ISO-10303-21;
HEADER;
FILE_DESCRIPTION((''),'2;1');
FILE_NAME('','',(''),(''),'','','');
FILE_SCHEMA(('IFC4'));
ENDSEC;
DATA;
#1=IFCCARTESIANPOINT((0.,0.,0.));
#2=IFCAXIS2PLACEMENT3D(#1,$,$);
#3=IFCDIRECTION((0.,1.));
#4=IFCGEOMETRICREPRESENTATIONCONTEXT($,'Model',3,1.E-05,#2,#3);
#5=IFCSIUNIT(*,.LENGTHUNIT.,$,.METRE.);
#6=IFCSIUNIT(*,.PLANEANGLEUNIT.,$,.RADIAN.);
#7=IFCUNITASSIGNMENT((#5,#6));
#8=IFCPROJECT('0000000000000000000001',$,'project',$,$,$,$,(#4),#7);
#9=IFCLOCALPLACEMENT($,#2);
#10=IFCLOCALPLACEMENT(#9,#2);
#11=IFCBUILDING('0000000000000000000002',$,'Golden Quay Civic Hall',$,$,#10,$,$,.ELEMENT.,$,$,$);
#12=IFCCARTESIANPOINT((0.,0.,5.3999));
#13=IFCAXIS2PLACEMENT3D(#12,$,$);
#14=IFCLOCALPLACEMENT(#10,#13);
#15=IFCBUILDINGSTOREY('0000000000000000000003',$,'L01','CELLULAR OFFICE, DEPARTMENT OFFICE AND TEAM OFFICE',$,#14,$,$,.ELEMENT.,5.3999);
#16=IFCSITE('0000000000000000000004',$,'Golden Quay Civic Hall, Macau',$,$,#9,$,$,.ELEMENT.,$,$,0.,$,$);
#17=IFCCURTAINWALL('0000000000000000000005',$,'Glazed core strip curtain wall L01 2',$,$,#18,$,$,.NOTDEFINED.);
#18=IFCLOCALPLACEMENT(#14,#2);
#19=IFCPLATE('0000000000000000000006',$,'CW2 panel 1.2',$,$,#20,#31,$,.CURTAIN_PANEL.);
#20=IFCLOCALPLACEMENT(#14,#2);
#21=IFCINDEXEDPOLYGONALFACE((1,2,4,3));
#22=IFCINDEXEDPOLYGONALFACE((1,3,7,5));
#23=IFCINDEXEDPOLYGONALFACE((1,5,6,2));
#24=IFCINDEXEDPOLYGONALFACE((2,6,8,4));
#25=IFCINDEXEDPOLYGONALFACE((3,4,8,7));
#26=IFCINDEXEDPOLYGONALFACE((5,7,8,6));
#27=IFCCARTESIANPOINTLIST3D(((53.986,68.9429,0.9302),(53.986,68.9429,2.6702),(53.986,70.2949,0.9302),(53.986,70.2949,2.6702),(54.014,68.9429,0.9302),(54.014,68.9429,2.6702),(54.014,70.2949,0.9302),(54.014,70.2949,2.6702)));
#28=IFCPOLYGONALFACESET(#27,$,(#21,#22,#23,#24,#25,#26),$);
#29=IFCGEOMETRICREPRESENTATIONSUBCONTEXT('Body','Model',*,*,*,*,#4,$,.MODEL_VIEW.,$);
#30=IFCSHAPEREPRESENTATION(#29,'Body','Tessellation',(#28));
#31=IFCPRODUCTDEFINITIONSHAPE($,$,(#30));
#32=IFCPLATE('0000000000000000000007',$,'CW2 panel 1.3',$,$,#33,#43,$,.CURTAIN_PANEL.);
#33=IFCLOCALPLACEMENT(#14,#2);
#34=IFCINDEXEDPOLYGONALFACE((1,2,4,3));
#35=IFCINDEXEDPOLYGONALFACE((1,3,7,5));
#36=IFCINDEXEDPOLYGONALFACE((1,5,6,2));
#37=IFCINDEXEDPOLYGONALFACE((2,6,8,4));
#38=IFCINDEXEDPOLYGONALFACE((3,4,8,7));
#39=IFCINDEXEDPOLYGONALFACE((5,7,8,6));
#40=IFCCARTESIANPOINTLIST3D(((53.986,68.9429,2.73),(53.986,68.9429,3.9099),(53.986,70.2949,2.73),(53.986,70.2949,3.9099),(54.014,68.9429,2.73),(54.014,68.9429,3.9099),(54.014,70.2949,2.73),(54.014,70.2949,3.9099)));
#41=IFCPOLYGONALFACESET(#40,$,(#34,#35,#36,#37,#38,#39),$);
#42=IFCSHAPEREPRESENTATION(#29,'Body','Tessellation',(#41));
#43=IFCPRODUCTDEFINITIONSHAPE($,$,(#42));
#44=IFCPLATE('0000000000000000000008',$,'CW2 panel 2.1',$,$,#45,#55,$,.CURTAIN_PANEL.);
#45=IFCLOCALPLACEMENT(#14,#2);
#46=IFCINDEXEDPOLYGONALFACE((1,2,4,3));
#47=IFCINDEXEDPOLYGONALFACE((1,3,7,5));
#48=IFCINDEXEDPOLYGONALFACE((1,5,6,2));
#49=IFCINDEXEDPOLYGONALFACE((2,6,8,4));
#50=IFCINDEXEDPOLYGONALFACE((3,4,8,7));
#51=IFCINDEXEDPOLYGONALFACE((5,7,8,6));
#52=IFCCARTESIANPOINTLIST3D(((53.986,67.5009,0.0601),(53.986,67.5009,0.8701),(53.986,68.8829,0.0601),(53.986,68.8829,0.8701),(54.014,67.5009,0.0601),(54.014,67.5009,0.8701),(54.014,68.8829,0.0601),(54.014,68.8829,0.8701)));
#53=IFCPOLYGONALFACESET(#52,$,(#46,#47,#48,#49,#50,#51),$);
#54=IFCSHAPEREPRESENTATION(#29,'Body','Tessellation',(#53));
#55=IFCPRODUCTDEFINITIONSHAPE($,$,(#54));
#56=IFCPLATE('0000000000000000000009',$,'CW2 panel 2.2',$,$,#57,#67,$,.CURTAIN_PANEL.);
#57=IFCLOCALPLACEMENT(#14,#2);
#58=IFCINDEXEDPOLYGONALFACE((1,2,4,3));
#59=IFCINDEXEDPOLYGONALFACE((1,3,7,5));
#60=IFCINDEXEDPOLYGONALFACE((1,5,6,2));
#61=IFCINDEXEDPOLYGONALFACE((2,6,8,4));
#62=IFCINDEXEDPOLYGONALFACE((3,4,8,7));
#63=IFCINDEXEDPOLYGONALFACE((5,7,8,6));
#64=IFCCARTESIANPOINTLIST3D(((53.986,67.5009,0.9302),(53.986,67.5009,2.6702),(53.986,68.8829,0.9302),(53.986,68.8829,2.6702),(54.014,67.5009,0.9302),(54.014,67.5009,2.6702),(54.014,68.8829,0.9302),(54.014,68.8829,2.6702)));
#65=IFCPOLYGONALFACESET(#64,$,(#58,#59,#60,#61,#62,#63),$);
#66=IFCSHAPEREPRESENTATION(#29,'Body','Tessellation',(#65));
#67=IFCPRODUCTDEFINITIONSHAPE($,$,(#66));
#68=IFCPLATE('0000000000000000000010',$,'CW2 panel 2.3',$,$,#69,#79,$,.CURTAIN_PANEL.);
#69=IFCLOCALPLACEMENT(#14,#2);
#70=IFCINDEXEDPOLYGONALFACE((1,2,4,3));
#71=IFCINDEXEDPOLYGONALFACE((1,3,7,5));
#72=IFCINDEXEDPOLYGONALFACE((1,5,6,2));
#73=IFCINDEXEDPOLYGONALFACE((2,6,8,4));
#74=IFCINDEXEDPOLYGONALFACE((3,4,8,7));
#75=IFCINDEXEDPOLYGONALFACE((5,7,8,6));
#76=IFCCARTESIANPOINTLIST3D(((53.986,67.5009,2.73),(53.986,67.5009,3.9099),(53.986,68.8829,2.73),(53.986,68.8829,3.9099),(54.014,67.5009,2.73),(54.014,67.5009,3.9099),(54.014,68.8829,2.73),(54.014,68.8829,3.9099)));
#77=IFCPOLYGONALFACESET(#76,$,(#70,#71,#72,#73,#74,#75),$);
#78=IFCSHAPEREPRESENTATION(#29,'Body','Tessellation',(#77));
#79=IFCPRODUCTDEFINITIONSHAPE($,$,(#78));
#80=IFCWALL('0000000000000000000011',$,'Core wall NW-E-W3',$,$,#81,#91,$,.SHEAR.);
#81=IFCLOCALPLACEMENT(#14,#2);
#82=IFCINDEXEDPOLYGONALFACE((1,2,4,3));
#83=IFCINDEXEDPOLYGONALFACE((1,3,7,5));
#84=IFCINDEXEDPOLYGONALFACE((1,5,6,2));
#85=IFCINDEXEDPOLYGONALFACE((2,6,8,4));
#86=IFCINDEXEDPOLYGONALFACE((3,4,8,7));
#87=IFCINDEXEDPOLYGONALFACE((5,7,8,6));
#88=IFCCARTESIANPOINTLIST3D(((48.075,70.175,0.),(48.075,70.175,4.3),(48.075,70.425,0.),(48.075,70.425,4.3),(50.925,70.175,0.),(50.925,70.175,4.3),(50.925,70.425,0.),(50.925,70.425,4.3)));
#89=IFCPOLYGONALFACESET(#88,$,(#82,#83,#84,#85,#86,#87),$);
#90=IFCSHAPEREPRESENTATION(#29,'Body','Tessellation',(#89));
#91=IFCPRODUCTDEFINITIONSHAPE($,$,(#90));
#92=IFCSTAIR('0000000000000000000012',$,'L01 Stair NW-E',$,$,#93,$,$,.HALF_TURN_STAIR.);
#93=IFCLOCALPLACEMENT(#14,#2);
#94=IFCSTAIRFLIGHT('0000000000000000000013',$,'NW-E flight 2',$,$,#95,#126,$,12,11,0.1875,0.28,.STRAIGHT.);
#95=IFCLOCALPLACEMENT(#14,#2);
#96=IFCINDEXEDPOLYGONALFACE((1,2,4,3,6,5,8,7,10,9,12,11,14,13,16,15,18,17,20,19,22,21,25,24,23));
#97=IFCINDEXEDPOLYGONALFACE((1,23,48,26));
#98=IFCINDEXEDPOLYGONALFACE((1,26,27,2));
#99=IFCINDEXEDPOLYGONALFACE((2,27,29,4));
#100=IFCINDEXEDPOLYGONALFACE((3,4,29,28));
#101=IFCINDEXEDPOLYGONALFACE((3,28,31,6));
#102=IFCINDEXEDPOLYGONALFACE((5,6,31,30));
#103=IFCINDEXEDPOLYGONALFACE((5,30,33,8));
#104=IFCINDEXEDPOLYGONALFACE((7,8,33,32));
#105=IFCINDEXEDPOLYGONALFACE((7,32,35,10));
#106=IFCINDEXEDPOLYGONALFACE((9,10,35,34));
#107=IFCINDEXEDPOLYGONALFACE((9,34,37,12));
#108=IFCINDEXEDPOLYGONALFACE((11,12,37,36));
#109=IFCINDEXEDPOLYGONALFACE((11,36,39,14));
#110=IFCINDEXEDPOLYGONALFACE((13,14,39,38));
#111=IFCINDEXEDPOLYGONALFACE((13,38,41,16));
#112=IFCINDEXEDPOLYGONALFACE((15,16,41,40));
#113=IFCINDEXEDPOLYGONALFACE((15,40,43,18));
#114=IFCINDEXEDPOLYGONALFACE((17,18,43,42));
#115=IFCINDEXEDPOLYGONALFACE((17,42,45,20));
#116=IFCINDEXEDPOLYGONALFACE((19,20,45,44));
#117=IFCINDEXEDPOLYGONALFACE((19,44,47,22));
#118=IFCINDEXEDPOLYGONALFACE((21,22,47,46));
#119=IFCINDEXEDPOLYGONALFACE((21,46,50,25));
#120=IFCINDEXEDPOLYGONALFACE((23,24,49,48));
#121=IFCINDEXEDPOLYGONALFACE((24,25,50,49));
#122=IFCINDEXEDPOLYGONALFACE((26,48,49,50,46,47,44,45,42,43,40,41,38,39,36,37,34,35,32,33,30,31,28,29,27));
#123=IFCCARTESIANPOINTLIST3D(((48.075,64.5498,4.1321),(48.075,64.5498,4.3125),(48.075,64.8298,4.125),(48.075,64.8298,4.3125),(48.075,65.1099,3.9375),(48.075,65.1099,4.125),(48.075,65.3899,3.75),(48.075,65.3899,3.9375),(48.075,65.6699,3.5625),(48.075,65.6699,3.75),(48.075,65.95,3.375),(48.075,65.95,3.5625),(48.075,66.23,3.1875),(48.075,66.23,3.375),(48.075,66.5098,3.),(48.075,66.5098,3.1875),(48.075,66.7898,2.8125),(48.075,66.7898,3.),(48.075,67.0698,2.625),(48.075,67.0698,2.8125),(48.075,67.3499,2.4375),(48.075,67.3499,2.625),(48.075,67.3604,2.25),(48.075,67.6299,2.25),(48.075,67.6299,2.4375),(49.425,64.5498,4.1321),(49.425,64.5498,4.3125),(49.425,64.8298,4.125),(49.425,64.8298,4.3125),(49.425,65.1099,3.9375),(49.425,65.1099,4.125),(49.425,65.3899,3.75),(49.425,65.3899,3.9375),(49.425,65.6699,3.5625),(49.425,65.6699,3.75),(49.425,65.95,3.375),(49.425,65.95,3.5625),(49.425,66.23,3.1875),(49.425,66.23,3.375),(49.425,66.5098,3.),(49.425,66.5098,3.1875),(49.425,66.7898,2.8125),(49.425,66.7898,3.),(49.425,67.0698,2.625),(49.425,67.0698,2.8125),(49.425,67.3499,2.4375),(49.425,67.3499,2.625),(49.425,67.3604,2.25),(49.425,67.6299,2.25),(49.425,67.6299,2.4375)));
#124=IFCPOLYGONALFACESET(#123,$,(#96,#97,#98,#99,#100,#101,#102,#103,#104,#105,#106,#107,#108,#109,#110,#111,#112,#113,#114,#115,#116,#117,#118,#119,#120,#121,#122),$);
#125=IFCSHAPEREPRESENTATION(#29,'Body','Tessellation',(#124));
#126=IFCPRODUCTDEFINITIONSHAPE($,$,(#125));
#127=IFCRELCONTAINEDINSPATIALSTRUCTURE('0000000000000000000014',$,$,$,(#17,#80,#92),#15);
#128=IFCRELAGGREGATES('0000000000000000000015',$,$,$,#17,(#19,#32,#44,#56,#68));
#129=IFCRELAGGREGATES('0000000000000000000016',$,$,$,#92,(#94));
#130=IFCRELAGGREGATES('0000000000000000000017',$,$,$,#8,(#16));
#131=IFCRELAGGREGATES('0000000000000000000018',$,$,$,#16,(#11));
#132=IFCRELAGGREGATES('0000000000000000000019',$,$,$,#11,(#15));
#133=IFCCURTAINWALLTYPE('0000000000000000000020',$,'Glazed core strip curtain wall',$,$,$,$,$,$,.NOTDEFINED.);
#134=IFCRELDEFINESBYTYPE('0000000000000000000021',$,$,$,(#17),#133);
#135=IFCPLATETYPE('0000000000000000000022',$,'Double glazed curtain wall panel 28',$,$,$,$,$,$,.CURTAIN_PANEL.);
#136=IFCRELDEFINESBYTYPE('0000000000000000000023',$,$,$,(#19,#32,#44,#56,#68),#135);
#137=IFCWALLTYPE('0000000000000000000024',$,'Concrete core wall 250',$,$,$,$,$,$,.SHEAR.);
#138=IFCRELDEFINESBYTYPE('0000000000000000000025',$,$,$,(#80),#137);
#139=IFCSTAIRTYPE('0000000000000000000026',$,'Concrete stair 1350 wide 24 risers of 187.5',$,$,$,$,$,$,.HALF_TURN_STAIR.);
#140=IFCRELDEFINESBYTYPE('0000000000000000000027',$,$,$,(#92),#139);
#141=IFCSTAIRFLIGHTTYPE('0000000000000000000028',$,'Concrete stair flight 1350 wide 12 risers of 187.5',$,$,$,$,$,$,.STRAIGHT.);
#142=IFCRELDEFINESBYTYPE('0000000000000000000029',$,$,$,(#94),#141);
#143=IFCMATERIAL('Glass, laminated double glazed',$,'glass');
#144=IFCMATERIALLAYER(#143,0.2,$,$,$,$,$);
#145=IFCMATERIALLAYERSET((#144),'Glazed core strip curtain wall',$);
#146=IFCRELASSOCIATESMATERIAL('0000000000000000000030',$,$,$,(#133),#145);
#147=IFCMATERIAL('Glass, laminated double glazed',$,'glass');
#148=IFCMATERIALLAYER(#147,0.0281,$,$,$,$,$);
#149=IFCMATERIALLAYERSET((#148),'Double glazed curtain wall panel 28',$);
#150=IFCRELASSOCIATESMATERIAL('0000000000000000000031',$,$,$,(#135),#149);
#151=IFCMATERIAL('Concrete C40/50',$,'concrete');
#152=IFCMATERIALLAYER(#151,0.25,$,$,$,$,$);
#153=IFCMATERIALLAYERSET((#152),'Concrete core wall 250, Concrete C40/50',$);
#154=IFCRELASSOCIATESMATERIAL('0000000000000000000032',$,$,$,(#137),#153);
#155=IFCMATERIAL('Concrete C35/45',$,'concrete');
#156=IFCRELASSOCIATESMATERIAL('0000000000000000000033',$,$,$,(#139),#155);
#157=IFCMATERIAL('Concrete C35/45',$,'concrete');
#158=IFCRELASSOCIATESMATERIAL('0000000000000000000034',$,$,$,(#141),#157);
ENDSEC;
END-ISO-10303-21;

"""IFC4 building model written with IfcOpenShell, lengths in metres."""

from ifc_helpers import new_model, si_unit, direction, frame, frame_2d, origin, origin_2d, place, context, subcontext, project, spatial, polyline, rectangle, outline, extrude, material, layer, layer_set, type_object, element, aggregate, save


model = new_model("IFC4")

# Units and contexts
model_context = context("Model", 3, precision=1e-05, world=origin(), true_north=direction((0.0, 1.0)))
body_context = subcontext(model_context, "Body", "Model", "MODEL_VIEW")
ifc_project = project(units=[si_unit("LENGTHUNIT", "METRE"), si_unit("PLANEANGLEUNIT", "RADIAN")], contexts=[model_context])

# Site, building, storey
site_placement = place(None, origin())
site = spatial("IfcSite", under=ifc_project, at=site_placement, Name="Golden Quay Civic Hall, Macau", CompositionType="ELEMENT", RefElevation=0.0)
building_placement = place(site_placement, origin())
building = spatial("IfcBuilding", under=site, at=building_placement, Name="Golden Quay Civic Hall", CompositionType="ELEMENT")
storey_placement = place(building_placement, frame((0.0, 0.0, 5.3999)))
storey = spatial("IfcBuildingStorey", under=building, at=storey_placement, Name="L01", Description="CELLULAR OFFICE, DEPARTMENT OFFICE AND TEAM OFFICE", CompositionType="ELEMENT", Elevation=5.3999)

# Curtain wall, plates
ifc_material_1 = material(Name="Glass, laminated double glazed", Category="glass")
ifc_layer_1 = layer(ifc_material_1, 0.2)
ifc_layer_set_1 = layer_set([ifc_layer_1], Name="Glazed core strip curtain wall")
curtain_wall_type = type_object("IfcCurtainWallType", Name="Glazed core strip curtain wall", PredefinedType="NOTDEFINED", material=ifc_layer_set_1)
curtain_wall_placement = place(storey_placement, origin())
curtain_wall = element("IfcCurtainWall", 1, at=curtain_wall_placement, inside=storey, type_object=curtain_wall_type, Name="Glazed core strip curtain wall L01 2", PredefinedType="NOTDEFINED")
ifc_material_2 = material(Name="Glass, laminated double glazed", Category="glass")
ifc_layer_2 = layer(ifc_material_2, 0.0281)
ifc_layer_set_2 = layer_set([ifc_layer_2], Name="Double glazed curtain wall panel 28")
plate_type = type_object("IfcPlateType", Name="Double glazed curtain wall panel 28", PredefinedType="CURTAIN_PANEL", material=ifc_layer_set_2)
plate_1_placement = place(storey_placement, frame((54.0, 69.6189, 0.9302), z_axis=(0.0, 0.0, 1.0), x_axis=(0.0, -1.0, 0.0)))
plate_1 = element("IfcPlate", 2, at=plate_1_placement, type_object=plate_type, Name="CW2 panel 1.2", PredefinedType="CURTAIN_PANEL", context=body_context, shape_type="SweptSolid", body=[
    extrude(rectangle(XDim=1.3521, YDim=0.0281, at=origin_2d()), origin(), (0.0, 0.0, 1.0), 1.74),
])
plate_2_placement = place(storey_placement, frame((54.0, 69.6189, 2.73), z_axis=(0.0, 0.0, 1.0), x_axis=(0.0, -1.0, 0.0)))
plate_2 = element("IfcPlate", 3, at=plate_2_placement, type_object=plate_type, Name="CW2 panel 1.3", PredefinedType="CURTAIN_PANEL", context=body_context, shape_type="SweptSolid", body=[
    extrude(rectangle(XDim=1.3521, YDim=0.0281, at=origin_2d()), origin(), (0.0, 0.0, 1.0), 1.1799),
])
plate_3_placement = place(storey_placement, frame((54.0, 68.1919, 0.0601), z_axis=(0.0, 0.0, 1.0), x_axis=(0.0, -1.0, 0.0)))
plate_3 = element("IfcPlate", 4, at=plate_3_placement, type_object=plate_type, Name="CW2 panel 2.1", PredefinedType="CURTAIN_PANEL", context=body_context, shape_type="SweptSolid", body=[
    extrude(rectangle(XDim=1.3821, YDim=0.0281, at=origin_2d()), origin(), (0.0, 0.0, 1.0), 0.8101),
])
plate_4_placement = place(storey_placement, frame((54.0, 68.1919, 0.9302), z_axis=(0.0, 0.0, 1.0), x_axis=(0.0, -1.0, 0.0)))
plate_4 = element("IfcPlate", 5, at=plate_4_placement, type_object=plate_type, Name="CW2 panel 2.2", PredefinedType="CURTAIN_PANEL", context=body_context, shape_type="SweptSolid", body=[
    extrude(rectangle(XDim=1.3821, YDim=0.0281, at=origin_2d()), origin(), (0.0, 0.0, 1.0), 1.74),
])
plate_5_placement = place(storey_placement, frame((54.0, 68.1919, 2.73), z_axis=(0.0, 0.0, 1.0), x_axis=(0.0, -1.0, 0.0)))
plate_5 = element("IfcPlate", 6, at=plate_5_placement, type_object=plate_type, Name="CW2 panel 2.3", PredefinedType="CURTAIN_PANEL", context=body_context, shape_type="SweptSolid", body=[
    extrude(rectangle(XDim=1.3821, YDim=0.0281, at=origin_2d()), origin(), (0.0, 0.0, 1.0), 1.1799),
])
aggregate(curtain_wall, [plate_1, plate_2, plate_3, plate_4, plate_5])

# Wall
ifc_material_3 = material(Name="Concrete C40/50", Category="concrete")
ifc_layer_3 = layer(ifc_material_3, 0.25)
ifc_layer_set_3 = layer_set([ifc_layer_3], Name="Concrete core wall 250, Concrete C40/50")
wall_type = type_object("IfcWallType", Name="Concrete core wall 250", PredefinedType="SHEAR", material=ifc_layer_set_3)
wall_placement = place(storey_placement, frame((48.075, 70.3, 0.0), z_axis=(0.0, 0.0, 1.0), x_axis=(1.0, 0.0, 0.0)))
element("IfcWall", 7, at=wall_placement, inside=storey, type_object=wall_type, Name="Core wall NW-E-W3", PredefinedType="SHEAR", context=body_context, shape_type="SweptSolid", body=[
    extrude(rectangle(XDim=2.8501, YDim=0.25, at=frame_2d((1.425, 0.0))), origin(), (0.0, 0.0, 1.0), 4.3),
])

# Stair, stair flight
ifc_material_4 = material(Name="Concrete C35/45", Category="concrete")
stair_type = type_object("IfcStairType", Name="Concrete stair 1350 wide 24 risers of 187.5", PredefinedType="HALF_TURN_STAIR", material=ifc_material_4)
stair_placement = place(storey_placement, origin())
stair = element("IfcStair", 8, at=stair_placement, inside=storey, type_object=stair_type, Name="L01 Stair NW-E", PredefinedType="HALF_TURN_STAIR")
ifc_material_5 = material(Name="Concrete C35/45", Category="concrete")
stair_flight_type = type_object("IfcStairFlightType", Name="Concrete stair flight 1350 wide 12 risers of 187.5", PredefinedType="STRAIGHT", material=ifc_material_5)
stair_flight_placement = place(storey_placement, frame((48.75, 67.6299, 2.25), z_axis=(0.0, 0.0, 1.0), x_axis=(0.0, -1.0, 0.0)))
stair_flight = element("IfcStairFlight", 9, at=stair_flight_placement, type_object=stair_flight_type, Name="NW-E flight 2", NumberOfRisers=12, NumberOfTreads=11, PredefinedType="STRAIGHT", RiserHeight=0.1875, TreadLength=0.28, context=body_context, shape_type="SweptSolid", body=[
    extrude(outline(polyline([(0.0, 0.0), (0.0, 0.1875), (0.28, 0.1875), (0.28, 0.375), (0.5601, 0.375), (0.5601, 0.5625), (0.8401, 0.5625), (0.8401, 0.75), (1.1201, 0.75), (1.1201, 0.9375), (1.3999, 0.9375), (1.3999, 1.125), (1.6799, 1.125), (1.6799, 1.3125), (1.96, 1.3125), (1.96, 1.5), (2.24, 1.5), (2.24, 1.6875), (2.52, 1.6875), (2.52, 1.875), (2.8, 1.875), (2.8, 2.0625), (3.0801, 2.0625), (3.0801, 2.25), (3.0801, 1.8821), (0.2695, 0.0), (0.0, 0.0)])), frame((0.0, 0.675, 0.0), z_axis=(0.0, -1.0, 0.0), x_axis=(1.0, 0.0, 0.0)), (0.0, 0.0, 1.0), 1.35),
])
aggregate(stair, [stair_flight])

save(model, "model.ifc")
